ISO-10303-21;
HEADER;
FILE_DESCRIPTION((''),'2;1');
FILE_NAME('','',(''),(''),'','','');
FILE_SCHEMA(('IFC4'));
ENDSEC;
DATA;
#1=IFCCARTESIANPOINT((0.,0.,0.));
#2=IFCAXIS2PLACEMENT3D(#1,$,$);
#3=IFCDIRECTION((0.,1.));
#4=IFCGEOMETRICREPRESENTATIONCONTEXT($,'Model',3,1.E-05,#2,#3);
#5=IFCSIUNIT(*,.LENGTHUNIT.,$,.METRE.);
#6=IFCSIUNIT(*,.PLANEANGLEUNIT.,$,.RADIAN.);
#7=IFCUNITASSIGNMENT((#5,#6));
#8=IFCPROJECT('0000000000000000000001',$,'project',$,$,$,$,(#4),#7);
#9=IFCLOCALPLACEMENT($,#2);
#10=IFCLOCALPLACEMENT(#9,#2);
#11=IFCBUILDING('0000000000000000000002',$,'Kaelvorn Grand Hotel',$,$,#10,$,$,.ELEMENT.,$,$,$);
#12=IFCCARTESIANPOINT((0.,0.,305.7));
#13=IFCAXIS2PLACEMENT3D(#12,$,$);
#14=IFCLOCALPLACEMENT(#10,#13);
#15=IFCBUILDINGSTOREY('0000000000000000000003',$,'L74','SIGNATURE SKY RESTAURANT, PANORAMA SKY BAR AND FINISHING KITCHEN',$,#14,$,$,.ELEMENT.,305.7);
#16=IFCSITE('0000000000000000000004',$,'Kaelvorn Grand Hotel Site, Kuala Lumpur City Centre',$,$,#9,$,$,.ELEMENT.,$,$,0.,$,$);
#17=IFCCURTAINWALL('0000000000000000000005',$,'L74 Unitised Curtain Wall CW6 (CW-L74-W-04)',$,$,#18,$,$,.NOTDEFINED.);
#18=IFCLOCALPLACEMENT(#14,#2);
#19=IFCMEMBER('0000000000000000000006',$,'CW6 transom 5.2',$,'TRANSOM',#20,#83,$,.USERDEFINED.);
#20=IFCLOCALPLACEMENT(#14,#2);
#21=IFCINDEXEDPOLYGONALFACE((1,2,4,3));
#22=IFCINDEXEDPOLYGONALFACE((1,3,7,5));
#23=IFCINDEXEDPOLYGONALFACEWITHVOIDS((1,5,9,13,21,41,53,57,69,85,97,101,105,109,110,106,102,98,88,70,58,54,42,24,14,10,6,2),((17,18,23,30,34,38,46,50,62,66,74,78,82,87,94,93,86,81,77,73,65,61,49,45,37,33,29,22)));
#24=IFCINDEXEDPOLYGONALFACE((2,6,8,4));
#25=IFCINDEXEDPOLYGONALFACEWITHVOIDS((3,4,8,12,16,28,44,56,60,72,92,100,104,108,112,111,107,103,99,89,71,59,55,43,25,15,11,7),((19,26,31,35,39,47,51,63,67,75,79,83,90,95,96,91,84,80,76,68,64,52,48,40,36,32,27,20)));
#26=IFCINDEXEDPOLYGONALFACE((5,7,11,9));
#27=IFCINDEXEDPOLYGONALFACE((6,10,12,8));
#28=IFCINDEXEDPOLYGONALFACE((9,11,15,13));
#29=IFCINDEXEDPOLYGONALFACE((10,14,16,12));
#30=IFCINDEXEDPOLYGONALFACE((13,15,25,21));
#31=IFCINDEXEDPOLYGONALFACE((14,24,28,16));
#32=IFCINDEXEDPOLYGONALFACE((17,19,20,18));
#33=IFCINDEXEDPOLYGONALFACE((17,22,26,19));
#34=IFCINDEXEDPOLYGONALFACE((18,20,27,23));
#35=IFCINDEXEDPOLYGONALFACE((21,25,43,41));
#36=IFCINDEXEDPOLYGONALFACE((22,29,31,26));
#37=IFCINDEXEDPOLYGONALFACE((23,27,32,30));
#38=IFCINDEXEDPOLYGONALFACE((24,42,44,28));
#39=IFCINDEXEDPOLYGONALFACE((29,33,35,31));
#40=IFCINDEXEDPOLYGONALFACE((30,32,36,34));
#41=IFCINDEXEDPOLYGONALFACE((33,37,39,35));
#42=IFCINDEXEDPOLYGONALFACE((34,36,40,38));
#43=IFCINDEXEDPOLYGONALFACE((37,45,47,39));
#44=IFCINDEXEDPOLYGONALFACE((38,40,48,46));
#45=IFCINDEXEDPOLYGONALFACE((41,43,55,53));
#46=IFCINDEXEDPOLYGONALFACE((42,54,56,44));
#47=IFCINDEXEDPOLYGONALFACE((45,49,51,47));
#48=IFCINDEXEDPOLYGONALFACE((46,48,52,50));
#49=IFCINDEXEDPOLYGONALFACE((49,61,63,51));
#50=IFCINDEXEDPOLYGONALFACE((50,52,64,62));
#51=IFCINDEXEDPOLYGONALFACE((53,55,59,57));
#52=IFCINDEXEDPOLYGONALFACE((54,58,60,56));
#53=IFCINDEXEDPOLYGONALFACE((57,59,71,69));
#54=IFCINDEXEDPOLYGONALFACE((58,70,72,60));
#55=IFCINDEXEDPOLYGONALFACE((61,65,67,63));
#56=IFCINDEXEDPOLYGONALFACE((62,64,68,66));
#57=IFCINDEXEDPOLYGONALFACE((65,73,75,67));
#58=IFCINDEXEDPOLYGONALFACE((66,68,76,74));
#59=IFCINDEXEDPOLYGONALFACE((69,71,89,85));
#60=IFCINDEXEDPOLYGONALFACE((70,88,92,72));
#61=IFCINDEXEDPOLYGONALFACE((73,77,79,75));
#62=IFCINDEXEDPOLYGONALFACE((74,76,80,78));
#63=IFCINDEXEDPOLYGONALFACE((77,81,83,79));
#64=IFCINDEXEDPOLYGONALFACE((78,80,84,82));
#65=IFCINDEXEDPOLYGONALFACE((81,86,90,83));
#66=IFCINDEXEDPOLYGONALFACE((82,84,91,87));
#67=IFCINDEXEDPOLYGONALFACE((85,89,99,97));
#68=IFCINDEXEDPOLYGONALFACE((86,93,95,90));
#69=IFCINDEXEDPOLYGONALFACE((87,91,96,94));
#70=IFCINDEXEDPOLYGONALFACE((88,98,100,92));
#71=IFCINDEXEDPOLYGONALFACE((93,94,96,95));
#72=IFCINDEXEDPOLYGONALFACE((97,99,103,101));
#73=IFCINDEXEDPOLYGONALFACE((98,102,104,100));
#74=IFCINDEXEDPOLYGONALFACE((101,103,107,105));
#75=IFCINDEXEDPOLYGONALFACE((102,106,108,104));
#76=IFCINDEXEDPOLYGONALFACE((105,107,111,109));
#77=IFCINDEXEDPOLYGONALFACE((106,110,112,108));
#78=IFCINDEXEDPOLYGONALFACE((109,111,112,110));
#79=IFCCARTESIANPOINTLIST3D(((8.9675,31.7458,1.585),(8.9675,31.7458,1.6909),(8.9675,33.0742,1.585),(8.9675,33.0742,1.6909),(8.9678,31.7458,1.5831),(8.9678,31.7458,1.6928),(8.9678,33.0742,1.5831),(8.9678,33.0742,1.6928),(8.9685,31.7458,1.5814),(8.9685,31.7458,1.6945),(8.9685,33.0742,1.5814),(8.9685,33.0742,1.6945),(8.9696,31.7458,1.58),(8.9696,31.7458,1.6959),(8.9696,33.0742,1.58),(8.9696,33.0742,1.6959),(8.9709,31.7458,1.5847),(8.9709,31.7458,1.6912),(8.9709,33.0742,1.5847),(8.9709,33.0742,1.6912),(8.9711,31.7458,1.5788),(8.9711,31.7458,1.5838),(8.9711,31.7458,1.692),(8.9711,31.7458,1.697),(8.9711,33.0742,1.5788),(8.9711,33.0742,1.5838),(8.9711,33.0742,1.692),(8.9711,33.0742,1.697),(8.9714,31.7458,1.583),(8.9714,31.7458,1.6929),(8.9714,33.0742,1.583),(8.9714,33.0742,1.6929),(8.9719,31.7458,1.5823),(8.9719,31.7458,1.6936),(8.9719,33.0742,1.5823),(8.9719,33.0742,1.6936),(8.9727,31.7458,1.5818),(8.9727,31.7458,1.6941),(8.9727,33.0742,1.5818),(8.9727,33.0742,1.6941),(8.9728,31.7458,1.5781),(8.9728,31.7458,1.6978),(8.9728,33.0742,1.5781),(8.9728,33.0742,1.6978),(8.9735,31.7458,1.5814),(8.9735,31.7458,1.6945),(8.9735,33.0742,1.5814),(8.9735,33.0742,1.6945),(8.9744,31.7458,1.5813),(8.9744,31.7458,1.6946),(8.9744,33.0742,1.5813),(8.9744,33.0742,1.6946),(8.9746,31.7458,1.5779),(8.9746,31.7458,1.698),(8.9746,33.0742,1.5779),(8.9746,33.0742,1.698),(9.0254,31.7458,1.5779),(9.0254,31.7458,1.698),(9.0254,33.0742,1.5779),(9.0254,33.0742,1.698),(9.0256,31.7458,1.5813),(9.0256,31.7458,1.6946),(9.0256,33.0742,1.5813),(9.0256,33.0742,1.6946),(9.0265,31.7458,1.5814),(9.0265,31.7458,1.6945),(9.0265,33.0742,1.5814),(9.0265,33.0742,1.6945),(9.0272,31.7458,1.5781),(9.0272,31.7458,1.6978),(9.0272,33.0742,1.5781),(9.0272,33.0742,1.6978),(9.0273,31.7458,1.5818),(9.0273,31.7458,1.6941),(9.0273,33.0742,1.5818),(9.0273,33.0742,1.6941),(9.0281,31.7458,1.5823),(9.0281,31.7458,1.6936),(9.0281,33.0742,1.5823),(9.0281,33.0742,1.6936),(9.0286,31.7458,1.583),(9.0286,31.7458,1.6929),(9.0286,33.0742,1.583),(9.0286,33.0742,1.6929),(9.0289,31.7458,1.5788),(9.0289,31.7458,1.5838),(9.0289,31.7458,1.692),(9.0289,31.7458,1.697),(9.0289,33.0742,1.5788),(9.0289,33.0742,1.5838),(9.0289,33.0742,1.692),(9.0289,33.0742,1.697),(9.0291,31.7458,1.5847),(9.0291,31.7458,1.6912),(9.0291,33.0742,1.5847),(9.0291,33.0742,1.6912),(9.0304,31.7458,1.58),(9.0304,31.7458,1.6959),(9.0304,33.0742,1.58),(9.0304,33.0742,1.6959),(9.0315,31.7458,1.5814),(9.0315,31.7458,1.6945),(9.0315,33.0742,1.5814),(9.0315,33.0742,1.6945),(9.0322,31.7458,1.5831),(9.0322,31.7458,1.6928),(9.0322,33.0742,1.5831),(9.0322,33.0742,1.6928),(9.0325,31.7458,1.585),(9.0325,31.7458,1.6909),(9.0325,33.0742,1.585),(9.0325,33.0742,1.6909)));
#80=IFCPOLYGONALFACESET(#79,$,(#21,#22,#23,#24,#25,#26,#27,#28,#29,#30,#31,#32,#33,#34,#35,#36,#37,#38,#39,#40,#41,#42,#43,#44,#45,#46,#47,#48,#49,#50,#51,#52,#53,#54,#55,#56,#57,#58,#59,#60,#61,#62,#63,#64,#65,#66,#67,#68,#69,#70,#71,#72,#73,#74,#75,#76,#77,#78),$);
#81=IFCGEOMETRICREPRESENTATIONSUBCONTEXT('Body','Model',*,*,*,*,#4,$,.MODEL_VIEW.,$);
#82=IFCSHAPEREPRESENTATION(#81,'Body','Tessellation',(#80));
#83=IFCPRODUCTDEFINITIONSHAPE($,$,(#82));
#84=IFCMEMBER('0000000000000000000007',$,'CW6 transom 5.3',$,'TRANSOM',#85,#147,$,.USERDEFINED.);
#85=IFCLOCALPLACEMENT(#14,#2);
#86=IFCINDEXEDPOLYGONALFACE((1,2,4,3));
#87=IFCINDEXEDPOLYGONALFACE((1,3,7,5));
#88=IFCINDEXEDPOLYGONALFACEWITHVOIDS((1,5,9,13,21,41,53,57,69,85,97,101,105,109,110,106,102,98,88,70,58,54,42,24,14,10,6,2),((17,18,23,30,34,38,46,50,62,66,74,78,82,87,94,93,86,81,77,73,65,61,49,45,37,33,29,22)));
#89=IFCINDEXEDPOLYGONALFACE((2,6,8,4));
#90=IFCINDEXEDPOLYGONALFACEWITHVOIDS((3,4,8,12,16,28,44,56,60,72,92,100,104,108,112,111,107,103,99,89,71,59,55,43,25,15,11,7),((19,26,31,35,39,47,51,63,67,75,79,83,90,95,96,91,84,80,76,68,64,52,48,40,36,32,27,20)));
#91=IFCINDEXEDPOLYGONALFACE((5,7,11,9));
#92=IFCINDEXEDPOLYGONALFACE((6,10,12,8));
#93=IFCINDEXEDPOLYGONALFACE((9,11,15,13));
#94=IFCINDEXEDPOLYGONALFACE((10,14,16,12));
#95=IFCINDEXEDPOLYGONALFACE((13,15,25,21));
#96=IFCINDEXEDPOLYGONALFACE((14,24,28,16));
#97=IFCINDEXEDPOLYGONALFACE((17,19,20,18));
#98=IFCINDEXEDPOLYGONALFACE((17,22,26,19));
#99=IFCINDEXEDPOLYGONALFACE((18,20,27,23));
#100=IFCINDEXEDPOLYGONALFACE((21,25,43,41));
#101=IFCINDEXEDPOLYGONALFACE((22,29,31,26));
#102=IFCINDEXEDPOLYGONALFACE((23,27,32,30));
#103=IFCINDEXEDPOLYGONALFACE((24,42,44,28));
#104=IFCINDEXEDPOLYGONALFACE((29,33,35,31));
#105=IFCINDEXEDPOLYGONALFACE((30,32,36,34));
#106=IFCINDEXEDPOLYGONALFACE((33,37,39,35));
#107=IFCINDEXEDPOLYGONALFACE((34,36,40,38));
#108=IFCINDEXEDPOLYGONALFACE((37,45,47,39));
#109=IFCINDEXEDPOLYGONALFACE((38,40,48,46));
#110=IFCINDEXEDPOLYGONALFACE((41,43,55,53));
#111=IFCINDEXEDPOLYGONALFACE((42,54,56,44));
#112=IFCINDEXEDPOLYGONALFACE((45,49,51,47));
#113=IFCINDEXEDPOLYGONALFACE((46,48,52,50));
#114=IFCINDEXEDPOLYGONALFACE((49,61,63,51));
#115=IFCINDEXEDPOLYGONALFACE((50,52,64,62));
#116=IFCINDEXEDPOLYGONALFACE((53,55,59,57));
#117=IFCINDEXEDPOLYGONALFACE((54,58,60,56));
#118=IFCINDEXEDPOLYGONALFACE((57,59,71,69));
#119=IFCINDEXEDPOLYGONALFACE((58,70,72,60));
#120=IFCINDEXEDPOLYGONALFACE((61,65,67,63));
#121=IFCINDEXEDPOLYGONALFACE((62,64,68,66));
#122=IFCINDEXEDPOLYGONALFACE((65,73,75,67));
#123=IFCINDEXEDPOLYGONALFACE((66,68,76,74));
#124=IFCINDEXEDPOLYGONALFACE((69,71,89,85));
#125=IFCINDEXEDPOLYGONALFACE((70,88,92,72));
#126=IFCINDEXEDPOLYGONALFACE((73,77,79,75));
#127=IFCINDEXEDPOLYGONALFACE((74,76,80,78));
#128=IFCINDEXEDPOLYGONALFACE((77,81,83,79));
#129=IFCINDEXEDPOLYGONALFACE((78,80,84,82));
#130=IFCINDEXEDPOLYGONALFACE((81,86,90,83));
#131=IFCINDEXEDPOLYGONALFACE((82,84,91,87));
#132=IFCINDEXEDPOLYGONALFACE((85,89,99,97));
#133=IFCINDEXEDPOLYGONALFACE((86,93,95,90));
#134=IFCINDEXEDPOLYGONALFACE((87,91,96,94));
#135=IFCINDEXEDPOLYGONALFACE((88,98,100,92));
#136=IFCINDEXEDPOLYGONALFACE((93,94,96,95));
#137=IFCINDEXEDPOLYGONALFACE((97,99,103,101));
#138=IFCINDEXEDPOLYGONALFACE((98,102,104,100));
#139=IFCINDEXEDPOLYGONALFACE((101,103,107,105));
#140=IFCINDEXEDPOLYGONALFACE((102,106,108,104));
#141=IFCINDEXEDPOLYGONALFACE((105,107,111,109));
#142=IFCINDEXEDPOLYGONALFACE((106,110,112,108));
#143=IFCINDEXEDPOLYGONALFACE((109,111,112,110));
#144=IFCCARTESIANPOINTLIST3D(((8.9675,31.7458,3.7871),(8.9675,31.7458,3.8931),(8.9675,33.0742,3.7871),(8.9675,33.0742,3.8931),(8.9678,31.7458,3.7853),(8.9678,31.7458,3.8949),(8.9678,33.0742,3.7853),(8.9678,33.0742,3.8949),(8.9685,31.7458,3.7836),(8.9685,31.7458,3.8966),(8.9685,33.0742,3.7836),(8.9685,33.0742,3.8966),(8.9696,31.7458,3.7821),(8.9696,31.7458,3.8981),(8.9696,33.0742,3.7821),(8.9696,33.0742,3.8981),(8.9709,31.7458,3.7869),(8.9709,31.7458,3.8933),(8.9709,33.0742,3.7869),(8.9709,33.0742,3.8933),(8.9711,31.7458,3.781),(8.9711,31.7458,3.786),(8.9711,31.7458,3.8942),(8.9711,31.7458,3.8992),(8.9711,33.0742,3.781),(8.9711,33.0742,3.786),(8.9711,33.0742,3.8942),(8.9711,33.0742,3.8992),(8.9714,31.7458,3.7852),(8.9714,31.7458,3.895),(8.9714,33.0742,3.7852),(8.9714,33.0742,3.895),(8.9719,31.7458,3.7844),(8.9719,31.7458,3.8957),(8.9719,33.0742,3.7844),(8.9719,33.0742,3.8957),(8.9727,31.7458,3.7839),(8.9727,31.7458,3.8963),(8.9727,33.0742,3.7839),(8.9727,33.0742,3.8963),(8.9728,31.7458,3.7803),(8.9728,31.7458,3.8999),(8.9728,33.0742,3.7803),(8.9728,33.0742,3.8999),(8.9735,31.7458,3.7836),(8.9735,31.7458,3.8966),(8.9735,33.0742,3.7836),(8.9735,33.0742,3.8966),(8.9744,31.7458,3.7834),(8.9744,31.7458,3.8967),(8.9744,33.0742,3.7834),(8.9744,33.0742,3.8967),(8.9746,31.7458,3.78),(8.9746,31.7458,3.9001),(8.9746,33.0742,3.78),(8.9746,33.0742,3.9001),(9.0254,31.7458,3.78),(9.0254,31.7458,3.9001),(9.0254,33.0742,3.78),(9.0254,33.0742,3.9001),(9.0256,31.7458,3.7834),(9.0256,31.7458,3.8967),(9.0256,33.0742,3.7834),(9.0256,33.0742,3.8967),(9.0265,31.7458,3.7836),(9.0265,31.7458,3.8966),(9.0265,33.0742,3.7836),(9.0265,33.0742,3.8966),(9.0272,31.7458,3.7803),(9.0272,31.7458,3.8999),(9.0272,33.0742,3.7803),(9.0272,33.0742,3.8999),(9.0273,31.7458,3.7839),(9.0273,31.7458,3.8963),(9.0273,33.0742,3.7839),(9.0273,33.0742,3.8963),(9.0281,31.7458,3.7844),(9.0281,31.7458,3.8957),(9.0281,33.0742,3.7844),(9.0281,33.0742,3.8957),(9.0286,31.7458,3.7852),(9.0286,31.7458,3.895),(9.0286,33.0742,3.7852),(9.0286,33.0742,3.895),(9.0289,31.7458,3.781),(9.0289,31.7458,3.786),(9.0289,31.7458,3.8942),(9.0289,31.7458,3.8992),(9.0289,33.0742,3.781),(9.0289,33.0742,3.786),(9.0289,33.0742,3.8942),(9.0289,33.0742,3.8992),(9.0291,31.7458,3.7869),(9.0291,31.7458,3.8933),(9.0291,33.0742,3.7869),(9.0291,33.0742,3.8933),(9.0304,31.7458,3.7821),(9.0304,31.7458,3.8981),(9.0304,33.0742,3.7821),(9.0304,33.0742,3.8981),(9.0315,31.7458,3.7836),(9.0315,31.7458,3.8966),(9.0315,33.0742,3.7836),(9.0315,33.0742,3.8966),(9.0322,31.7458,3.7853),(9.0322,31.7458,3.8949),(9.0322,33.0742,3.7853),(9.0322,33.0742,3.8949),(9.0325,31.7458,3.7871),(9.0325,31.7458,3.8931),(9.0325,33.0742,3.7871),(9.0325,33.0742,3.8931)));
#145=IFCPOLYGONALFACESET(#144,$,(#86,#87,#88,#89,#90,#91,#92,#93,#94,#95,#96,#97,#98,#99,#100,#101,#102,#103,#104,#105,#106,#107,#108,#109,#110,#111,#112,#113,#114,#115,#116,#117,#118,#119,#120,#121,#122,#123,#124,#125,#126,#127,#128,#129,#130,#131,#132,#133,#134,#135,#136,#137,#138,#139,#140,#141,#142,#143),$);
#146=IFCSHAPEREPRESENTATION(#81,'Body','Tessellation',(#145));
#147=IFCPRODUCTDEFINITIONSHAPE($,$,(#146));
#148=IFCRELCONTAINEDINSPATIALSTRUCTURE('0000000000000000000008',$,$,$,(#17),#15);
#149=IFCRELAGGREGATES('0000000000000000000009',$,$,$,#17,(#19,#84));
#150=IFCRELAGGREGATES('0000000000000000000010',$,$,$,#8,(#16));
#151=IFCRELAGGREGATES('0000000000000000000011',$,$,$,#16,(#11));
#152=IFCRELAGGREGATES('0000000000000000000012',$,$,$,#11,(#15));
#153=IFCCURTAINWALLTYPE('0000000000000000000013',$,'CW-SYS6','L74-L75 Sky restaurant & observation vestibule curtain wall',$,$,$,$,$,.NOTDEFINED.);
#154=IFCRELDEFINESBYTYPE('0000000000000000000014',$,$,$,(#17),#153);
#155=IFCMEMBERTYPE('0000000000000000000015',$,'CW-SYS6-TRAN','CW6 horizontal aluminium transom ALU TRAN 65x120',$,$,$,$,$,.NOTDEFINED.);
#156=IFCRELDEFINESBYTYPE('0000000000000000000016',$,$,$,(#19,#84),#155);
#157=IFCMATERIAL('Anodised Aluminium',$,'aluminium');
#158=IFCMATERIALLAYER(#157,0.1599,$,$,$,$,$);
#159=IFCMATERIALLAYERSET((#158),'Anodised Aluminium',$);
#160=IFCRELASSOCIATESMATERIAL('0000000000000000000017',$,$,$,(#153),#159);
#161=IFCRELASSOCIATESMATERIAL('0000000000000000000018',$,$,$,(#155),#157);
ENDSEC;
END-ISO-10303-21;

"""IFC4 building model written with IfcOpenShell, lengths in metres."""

from ifc_helpers import new_model, si_unit, direction, frame, origin, origin_2d, place, context, subcontext, project, spatial, hollow_rectangle, extrude, material, layer, layer_set, material_profile, profile_set, type_object, element, aggregate, save


model = new_model("IFC4")

# Units and contexts
model_context = context("Model", 3, precision=1e-05, world=origin(), true_north=direction((0.0, 1.0)))
body_context = subcontext(model_context, "Body", "Model", "MODEL_VIEW")
ifc_project = project(units=[si_unit("LENGTHUNIT", "METRE"), si_unit("PLANEANGLEUNIT", "RADIAN")], contexts=[model_context])

# Site, building, storey
site_placement = place(None, origin())
site = spatial("IfcSite", under=ifc_project, at=site_placement, Name="Kaelvorn Grand Hotel Site, Kuala Lumpur City Centre", CompositionType="ELEMENT", RefElevation=0.0)
building_placement = place(site_placement, origin())
building = spatial("IfcBuilding", under=site, at=building_placement, Name="Kaelvorn Grand Hotel", CompositionType="ELEMENT")
storey_placement = place(building_placement, frame((0.0, 0.0, 305.7)))
storey = spatial("IfcBuildingStorey", under=building, at=storey_placement, Name="L74", Description="SIGNATURE SKY RESTAURANT, PANORAMA SKY BAR AND FINISHING KITCHEN", CompositionType="ELEMENT", Elevation=305.7)

# Curtain wall, members
ifc_material_1 = material(Name="Anodised Aluminium", Category="aluminium")
ifc_layer_1 = layer(ifc_material_1, 0.1599)
ifc_layer_set_1 = layer_set([ifc_layer_1], Name="Anodised Aluminium")
curtain_wall_type = type_object("IfcCurtainWallType", Name="CW-SYS6", Description="L74-L75 Sky restaurant & observation vestibule curtain wall", PredefinedType="NOTDEFINED", material=ifc_layer_set_1)
curtain_wall_placement = place(storey_placement, origin())
curtain_wall = element("IfcCurtainWall", 1, at=curtain_wall_placement, inside=storey, type_object=curtain_wall_type, Name="L74 Unitised Curtain Wall CW6 (CW-L74-W-04)", PredefinedType="NOTDEFINED")
ifc_material_profile_1 = material_profile(ifc_material_1, hollow_rectangle(XDim=0.0649, YDim=0.1201, WallThickness=0.0034, InnerFilletRadius=0.0034, OuterFilletRadius=0.0071, at=origin_2d()), Name="ALU TRAN 65x120")
ifc_profile_set_1 = profile_set([ifc_material_profile_1], Name="Anodised Aluminium")
member_type_1 = type_object("IfcMemberType", Name="CW-SYS6-TRAN", Description="CW6 horizontal aluminium transom ALU TRAN 65x120", PredefinedType="NOTDEFINED", material=ifc_profile_set_1)
member_1_placement = place(storey_placement, frame((9.0, 33.0742, 1.6379), z_axis=(0.0, -1.0, 0.0), x_axis=(1.0, 0.0, 0.0)))
member_1 = element("IfcMember", 2, at=member_1_placement, type_object=member_type_1, Name="CW6 transom 5.2", ObjectType="TRANSOM", PredefinedType="USERDEFINED", context=body_context, shape_type="SweptSolid", body=[
    extrude(hollow_rectangle(XDim=0.0649, YDim=0.1201, WallThickness=0.0034, InnerFilletRadius=0.0034, OuterFilletRadius=0.0071, at=origin_2d()), origin(), (0.0, 0.0, 1.0), 1.3284),
])
member_2_placement = place(storey_placement, frame((9.0, 33.0742, 3.8401), z_axis=(0.0, -1.0, 0.0), x_axis=(1.0, 0.0, 0.0)))
member_2 = element("IfcMember", 3, at=member_2_placement, type_object=member_type_1, Name="CW6 transom 5.3", ObjectType="TRANSOM", PredefinedType="USERDEFINED", context=body_context, shape_type="SweptSolid", body=[
    extrude(hollow_rectangle(XDim=0.0649, YDim=0.1201, WallThickness=0.0034, InnerFilletRadius=0.0034, OuterFilletRadius=0.0071, at=origin_2d()), origin(), (0.0, 0.0, 1.0), 1.3284),
])
aggregate(curtain_wall, [member_1, member_2])

save(model, "model.ifc")
